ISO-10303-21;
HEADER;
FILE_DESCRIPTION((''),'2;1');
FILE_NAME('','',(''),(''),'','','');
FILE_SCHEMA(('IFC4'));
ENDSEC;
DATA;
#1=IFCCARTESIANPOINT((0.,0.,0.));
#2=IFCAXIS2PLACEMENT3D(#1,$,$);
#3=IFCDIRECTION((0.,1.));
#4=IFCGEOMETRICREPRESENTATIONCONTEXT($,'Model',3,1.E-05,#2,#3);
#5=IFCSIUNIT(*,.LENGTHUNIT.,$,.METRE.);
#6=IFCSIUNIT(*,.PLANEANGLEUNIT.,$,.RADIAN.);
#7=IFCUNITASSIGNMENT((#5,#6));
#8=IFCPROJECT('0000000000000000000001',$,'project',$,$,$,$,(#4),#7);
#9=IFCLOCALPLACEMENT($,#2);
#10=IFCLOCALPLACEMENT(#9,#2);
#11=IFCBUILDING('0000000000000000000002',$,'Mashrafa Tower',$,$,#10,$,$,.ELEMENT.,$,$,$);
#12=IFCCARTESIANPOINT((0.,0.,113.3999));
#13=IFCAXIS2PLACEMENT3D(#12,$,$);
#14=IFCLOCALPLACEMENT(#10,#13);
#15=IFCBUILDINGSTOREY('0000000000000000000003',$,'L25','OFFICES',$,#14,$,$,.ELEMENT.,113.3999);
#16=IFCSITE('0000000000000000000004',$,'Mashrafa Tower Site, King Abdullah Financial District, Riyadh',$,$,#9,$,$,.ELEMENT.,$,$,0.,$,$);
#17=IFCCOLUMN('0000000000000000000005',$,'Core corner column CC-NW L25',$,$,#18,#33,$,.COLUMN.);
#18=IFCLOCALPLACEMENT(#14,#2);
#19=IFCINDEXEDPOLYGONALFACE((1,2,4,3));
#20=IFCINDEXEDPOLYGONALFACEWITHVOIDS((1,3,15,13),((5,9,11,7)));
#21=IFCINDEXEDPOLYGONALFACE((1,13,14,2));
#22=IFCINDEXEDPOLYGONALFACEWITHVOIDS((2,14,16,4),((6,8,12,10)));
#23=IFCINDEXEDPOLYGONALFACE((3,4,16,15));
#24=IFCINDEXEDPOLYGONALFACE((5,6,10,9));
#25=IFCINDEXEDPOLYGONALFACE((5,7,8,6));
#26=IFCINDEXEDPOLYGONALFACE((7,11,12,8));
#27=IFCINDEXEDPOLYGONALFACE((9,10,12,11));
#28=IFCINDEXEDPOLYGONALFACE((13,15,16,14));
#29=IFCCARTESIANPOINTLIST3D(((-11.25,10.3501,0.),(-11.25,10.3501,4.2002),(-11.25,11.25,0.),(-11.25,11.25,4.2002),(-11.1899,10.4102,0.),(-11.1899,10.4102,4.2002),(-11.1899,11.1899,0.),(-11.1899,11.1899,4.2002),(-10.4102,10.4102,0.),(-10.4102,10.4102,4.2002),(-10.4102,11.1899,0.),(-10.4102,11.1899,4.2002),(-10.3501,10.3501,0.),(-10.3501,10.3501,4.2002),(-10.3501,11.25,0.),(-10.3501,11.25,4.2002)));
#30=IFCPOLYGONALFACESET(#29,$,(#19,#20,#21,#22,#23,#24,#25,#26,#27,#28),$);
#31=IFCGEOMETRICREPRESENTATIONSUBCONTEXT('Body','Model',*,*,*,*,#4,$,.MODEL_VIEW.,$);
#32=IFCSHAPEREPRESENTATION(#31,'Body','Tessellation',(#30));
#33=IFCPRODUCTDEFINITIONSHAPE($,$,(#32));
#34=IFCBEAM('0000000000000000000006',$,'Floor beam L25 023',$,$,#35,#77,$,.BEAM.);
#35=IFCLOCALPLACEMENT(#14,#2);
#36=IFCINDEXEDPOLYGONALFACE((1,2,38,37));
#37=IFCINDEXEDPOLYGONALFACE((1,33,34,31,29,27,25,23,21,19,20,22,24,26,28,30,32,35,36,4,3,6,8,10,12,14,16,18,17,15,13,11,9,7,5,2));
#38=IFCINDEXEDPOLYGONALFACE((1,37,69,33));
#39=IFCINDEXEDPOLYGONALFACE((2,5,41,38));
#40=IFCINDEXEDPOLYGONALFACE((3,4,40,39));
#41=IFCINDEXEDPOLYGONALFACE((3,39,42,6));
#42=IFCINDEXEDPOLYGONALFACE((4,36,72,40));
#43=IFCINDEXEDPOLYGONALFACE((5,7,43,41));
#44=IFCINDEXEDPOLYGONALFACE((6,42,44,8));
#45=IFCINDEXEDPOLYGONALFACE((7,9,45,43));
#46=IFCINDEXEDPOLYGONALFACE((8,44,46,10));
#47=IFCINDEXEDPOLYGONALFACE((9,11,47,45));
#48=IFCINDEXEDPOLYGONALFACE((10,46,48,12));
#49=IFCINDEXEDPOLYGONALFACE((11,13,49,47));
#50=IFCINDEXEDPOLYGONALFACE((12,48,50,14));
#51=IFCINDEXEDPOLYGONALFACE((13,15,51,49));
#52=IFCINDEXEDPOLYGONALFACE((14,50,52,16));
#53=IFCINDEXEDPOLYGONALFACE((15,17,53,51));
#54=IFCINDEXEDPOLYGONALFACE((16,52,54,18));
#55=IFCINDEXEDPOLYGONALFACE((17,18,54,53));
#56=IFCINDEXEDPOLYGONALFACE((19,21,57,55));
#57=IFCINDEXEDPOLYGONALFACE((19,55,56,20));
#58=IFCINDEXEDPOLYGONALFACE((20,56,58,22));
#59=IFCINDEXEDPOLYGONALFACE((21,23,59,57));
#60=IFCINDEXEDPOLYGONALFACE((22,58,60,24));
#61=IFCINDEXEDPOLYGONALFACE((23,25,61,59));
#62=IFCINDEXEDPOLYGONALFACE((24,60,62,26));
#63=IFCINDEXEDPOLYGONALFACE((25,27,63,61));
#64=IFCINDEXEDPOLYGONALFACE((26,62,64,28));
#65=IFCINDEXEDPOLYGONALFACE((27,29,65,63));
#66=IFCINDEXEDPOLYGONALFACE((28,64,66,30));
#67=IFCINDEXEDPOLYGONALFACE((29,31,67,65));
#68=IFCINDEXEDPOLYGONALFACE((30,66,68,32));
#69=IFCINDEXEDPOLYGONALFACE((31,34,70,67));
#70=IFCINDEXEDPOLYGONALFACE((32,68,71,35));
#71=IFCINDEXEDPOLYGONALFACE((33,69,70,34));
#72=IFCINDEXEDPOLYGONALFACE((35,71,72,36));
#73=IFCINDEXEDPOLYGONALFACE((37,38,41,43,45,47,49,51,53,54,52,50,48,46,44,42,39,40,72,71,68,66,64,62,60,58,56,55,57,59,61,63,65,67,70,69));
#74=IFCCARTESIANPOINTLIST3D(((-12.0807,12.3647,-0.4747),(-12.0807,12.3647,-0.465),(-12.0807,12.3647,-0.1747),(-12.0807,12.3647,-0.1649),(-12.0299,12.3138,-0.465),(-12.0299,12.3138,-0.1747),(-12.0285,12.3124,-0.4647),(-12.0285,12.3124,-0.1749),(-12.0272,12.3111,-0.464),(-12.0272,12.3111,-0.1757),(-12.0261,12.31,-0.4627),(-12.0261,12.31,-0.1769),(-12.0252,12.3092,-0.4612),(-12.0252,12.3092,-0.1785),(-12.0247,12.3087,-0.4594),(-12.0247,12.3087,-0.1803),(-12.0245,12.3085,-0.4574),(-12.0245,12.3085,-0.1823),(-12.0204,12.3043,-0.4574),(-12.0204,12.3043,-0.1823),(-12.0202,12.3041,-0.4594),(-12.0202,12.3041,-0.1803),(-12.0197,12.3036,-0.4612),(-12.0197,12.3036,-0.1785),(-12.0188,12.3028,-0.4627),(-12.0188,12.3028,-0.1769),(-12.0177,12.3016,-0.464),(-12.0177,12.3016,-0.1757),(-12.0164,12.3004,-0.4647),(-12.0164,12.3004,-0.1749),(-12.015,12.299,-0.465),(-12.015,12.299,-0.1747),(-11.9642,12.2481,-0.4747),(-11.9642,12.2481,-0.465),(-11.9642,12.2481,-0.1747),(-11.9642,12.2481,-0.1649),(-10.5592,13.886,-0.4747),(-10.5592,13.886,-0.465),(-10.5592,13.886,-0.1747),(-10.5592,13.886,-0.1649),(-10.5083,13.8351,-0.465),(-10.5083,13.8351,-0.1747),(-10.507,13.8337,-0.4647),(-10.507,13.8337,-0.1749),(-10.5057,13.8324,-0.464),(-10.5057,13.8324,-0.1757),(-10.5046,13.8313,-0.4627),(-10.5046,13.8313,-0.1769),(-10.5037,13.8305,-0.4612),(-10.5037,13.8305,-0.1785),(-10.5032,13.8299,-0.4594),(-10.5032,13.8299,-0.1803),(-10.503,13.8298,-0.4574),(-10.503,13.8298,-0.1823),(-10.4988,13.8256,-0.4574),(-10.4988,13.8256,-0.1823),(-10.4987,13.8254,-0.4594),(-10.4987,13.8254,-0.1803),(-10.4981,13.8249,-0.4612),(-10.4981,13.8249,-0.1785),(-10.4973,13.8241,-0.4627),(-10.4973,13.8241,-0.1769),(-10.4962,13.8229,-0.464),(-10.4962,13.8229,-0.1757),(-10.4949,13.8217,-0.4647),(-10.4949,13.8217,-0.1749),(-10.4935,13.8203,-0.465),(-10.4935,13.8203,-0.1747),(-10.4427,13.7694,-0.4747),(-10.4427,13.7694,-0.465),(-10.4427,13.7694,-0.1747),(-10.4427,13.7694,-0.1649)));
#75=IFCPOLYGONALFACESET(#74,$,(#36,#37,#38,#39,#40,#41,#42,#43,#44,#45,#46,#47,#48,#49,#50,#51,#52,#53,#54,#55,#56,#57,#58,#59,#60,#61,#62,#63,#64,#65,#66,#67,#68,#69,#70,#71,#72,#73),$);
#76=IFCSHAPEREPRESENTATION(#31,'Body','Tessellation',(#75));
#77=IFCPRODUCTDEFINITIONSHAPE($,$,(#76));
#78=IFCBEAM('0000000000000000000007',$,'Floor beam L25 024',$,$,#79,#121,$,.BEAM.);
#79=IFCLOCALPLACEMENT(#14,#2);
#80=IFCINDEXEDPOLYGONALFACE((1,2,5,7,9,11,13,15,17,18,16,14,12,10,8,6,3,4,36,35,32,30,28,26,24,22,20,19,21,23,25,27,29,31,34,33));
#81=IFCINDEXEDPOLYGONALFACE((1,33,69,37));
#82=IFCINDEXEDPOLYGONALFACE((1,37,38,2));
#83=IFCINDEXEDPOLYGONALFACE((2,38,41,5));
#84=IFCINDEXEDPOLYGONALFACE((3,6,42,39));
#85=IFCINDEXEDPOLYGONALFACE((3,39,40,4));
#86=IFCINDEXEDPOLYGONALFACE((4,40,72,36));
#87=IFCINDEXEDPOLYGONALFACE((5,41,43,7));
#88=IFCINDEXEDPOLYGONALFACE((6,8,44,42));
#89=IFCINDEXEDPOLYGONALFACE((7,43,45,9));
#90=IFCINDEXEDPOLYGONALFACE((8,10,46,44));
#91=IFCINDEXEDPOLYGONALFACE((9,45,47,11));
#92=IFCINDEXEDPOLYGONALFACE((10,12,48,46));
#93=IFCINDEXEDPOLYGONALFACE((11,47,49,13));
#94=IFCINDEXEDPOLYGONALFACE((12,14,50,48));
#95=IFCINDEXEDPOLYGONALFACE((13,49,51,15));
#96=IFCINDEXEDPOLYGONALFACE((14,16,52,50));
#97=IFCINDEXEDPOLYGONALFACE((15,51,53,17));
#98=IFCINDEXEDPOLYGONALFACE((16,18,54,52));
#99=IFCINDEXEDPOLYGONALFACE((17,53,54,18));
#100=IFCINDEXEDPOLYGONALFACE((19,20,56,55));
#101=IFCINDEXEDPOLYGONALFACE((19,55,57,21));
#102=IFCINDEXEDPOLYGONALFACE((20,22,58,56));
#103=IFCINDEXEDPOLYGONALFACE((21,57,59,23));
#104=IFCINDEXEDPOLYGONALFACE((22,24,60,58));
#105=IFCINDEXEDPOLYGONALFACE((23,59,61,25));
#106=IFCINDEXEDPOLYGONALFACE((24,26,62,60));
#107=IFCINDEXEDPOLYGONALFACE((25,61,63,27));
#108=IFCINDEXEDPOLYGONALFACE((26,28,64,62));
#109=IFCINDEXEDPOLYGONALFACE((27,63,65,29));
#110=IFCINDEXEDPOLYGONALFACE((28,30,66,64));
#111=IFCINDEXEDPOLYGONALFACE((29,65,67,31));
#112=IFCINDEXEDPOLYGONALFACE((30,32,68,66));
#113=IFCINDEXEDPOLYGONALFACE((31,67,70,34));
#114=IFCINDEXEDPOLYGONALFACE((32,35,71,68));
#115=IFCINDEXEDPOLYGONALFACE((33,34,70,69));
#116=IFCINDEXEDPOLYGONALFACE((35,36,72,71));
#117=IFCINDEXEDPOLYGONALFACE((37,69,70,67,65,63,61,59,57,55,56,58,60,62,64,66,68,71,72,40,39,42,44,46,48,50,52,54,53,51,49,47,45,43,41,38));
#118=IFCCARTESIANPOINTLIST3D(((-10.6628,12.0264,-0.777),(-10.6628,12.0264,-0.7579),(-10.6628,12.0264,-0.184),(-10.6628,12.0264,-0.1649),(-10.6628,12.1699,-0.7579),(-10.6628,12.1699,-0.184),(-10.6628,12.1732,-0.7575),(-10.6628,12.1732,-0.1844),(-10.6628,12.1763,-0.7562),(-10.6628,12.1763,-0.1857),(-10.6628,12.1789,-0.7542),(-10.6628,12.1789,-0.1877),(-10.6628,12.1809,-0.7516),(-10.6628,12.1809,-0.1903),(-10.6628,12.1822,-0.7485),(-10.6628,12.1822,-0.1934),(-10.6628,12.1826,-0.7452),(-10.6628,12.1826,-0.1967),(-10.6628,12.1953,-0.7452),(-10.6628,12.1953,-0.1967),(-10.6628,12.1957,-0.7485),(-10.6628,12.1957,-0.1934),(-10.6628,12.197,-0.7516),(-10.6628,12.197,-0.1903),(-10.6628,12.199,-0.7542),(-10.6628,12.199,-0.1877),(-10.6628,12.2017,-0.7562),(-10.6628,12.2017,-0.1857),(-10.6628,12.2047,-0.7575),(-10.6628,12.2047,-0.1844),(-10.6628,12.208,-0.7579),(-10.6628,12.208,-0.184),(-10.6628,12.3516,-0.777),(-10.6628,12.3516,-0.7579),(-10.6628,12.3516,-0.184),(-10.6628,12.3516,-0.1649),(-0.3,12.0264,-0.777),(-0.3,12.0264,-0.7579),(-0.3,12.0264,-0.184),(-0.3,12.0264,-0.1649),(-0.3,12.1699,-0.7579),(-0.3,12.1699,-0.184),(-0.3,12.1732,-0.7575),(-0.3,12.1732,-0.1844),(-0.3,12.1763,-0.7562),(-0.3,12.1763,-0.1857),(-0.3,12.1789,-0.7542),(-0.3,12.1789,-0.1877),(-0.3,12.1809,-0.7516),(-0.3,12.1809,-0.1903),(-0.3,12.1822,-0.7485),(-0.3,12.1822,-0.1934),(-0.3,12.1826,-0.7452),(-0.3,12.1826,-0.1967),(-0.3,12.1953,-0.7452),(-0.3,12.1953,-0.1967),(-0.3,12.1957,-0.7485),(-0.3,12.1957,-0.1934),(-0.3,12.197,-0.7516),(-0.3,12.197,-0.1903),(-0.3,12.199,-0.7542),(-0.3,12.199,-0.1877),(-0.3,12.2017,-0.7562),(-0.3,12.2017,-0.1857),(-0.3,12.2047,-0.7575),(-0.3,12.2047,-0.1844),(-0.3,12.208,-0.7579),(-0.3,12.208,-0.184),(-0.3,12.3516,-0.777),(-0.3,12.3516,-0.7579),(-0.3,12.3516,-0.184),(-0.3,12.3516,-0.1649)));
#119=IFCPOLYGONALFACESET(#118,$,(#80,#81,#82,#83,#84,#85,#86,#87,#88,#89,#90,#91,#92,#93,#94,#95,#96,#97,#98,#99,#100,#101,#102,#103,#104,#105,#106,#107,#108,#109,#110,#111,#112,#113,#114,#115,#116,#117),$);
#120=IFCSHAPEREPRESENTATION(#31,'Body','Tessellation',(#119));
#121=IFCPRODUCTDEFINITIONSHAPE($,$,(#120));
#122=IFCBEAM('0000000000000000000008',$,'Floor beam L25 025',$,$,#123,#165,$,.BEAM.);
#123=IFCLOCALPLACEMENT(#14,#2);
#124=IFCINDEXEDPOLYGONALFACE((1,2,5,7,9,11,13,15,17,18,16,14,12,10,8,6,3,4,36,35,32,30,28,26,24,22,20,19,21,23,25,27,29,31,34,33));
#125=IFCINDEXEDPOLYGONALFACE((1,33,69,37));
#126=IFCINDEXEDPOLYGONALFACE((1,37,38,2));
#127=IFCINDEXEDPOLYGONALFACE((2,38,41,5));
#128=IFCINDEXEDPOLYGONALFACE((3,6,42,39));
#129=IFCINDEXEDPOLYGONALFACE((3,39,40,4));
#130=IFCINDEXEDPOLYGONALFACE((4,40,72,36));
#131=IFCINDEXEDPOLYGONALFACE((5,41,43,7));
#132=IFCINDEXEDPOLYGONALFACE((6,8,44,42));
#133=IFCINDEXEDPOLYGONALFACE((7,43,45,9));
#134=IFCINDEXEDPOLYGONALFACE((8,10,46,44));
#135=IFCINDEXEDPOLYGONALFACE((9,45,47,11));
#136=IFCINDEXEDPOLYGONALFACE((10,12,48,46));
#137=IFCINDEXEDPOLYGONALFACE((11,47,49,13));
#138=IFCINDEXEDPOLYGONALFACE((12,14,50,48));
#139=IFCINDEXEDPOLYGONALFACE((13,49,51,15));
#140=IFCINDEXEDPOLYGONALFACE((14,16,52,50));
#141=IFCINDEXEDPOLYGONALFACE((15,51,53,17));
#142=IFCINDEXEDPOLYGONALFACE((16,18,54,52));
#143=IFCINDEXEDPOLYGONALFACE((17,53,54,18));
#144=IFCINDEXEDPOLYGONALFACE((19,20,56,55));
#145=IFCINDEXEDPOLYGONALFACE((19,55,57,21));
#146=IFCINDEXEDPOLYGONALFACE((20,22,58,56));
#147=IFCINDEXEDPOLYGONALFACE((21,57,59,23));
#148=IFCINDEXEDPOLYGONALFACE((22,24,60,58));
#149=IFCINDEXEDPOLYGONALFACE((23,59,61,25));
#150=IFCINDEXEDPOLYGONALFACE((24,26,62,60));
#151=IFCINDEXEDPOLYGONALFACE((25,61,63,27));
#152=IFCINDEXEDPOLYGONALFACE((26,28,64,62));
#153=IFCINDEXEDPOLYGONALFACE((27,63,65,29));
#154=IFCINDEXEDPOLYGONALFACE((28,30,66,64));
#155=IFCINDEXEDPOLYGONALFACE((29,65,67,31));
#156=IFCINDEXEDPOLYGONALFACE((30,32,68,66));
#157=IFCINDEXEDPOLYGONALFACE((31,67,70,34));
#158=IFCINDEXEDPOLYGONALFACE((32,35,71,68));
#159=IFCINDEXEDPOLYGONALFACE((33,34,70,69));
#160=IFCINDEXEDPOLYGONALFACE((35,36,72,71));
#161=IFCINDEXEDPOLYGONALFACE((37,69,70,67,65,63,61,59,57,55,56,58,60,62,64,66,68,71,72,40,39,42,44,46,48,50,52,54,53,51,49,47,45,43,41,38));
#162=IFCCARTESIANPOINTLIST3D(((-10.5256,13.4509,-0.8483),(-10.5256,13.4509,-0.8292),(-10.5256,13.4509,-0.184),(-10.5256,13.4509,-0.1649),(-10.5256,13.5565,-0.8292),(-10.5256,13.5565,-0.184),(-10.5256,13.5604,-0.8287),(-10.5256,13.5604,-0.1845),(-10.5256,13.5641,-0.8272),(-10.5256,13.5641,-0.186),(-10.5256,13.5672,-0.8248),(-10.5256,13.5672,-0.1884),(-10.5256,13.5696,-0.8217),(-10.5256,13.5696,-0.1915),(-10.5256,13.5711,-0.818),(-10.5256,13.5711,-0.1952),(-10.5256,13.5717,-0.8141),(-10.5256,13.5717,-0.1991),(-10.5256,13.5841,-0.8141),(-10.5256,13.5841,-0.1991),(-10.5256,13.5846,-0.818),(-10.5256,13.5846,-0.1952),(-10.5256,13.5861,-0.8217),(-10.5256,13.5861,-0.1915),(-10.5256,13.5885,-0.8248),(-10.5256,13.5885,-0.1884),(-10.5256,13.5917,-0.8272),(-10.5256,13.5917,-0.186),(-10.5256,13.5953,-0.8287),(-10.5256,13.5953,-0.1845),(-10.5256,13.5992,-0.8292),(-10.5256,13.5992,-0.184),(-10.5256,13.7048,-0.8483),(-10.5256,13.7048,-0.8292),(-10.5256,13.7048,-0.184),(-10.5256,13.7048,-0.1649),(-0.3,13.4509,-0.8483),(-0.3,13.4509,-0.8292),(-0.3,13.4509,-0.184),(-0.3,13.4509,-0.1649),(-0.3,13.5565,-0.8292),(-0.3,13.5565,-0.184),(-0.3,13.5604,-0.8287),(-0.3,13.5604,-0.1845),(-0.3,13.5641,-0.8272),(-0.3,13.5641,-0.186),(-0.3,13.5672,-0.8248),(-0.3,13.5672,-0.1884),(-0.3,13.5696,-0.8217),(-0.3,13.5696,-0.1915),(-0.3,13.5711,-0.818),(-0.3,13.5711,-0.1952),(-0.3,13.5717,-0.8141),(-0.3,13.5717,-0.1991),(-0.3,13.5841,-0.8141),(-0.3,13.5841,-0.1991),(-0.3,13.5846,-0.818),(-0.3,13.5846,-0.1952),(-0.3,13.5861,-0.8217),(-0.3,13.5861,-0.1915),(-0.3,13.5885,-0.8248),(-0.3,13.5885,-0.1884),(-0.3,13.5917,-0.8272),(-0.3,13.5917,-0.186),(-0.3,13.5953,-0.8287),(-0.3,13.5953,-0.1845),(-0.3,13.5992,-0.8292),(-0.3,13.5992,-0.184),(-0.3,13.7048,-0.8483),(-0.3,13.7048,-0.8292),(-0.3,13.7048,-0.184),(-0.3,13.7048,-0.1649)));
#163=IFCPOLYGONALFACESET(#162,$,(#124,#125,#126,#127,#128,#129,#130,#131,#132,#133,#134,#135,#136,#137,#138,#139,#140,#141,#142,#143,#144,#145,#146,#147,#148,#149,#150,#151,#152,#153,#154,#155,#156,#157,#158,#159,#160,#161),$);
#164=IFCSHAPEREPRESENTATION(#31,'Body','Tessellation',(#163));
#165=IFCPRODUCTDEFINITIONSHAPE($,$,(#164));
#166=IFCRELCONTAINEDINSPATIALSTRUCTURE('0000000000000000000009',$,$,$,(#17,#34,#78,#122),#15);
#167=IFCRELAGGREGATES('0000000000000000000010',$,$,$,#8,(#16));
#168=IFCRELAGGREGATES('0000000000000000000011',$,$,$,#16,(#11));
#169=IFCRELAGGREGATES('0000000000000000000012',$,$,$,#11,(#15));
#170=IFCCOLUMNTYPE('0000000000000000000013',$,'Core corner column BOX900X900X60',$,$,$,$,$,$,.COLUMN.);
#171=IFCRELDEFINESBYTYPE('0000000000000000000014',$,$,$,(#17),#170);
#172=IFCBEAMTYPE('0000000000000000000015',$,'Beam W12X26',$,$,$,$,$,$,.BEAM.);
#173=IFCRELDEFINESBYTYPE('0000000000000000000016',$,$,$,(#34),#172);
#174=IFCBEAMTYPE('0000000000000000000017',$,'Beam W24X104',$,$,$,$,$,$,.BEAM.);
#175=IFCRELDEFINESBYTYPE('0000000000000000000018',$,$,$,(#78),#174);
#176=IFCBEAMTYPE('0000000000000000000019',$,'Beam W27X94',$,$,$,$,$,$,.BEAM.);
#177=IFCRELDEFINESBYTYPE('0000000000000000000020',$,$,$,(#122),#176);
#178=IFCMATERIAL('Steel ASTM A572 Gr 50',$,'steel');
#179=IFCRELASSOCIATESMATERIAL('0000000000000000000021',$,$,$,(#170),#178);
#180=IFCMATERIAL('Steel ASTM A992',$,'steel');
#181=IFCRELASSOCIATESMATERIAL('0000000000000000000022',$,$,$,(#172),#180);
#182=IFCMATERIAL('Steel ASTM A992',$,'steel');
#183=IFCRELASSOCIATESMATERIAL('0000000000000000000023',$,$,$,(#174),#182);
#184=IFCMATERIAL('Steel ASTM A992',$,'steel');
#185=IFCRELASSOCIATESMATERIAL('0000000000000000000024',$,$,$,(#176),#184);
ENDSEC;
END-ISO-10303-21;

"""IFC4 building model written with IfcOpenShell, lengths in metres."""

from ifc_helpers import new_model, si_unit, direction, frame, origin, origin_2d, place, context, subcontext, project, spatial, hollow_rectangle, i_section, extrude, material, material_profile, profile_set, type_object, element, save


model = new_model("IFC4")

# Units and contexts
model_context = context("Model", 3, precision=1e-05, world=origin(), true_north=direction((0.0, 1.0)))
body_context = subcontext(model_context, "Body", "Model", "MODEL_VIEW")
ifc_project = project(units=[si_unit("LENGTHUNIT", "METRE"), si_unit("PLANEANGLEUNIT", "RADIAN")], contexts=[model_context])

# Site, building, storey
site_placement = place(None, origin())
site = spatial("IfcSite", under=ifc_project, at=site_placement, Name="Mashrafa Tower Site, King Abdullah Financial District, Riyadh", CompositionType="ELEMENT", RefElevation=0.0)
building_placement = place(site_placement, origin())
building = spatial("IfcBuilding", under=site, at=building_placement, Name="Mashrafa Tower", CompositionType="ELEMENT")
storey_placement = place(building_placement, frame((0.0, 0.0, 113.3999)))
storey = spatial("IfcBuildingStorey", under=building, at=storey_placement, Name="L25", Description="OFFICES", CompositionType="ELEMENT", Elevation=113.3999)

# Column
ifc_material_1 = material(Name="Steel ASTM A572 Gr 50", Category="steel")
ifc_material_profile_1 = material_profile(ifc_material_1, hollow_rectangle(XDim=0.8999, YDim=0.8999, WallThickness=0.0601, at=origin_2d()), Name="BOX900X900X60")
ifc_profile_set_1 = profile_set([ifc_material_profile_1], Name="Steel ASTM A572 Gr 50")
column_type = type_object("IfcColumnType", Name="Core corner column BOX900X900X60", PredefinedType="COLUMN", material=ifc_profile_set_1)
column_placement = place(storey_placement, frame((-10.8, 10.8, 0.0), z_axis=(0.0, 0.0, 1.0), x_axis=(1.0, 0.0, 0.0)))
element("IfcColumn", 1, at=column_placement, inside=storey, type_object=column_type, Name="Core corner column CC-NW L25", PredefinedType="COLUMN", context=body_context, shape_type="SweptSolid", body=[
    extrude(hollow_rectangle(XDim=0.8999, YDim=0.8999, WallThickness=0.0601, at=origin_2d()), origin(), (0.0, 0.0, 1.0), 4.2002),
])

# Beams
ifc_material_2 = material(Name="Steel ASTM A992", Category="steel")
ifc_material_profile_2 = material_profile(ifc_material_2, i_section(OverallWidth=0.1648, OverallDepth=0.3098, WebThickness=0.0059, FlangeThickness=0.0098, FilletRadius=0.0076, at=origin_2d()), Name="W12X26")
ifc_profile_set_2 = profile_set([ifc_material_profile_2], Name="Steel ASTM A992")
beam_type_1 = type_object("IfcBeamType", Name="Beam W12X26", PredefinedType="BEAM", material=ifc_profile_set_2)
beam_1_placement = place(storey_placement, frame((-12.0225, 12.3064, -0.3198), z_axis=(0.707164, 0.70705, 0.0), x_axis=(-0.70705, 0.707164, 0.0)))
element("IfcBeam", 2, at=beam_1_placement, inside=storey, type_object=beam_type_1, Name="Floor beam L25 023", PredefinedType="BEAM", context=body_context, shape_type="SweptSolid", body=[
    extrude(i_section(OverallWidth=0.1648, OverallDepth=0.3098, WebThickness=0.0059, FlangeThickness=0.0098, FilletRadius=0.0076, at=origin_2d()), origin(), (0.0, 0.0, 1.0), 2.1516),
])
ifc_material_3 = material(Name="Steel ASTM A992", Category="steel")
ifc_material_profile_3 = material_profile(ifc_material_3, i_section(OverallWidth=0.3252, OverallDepth=0.6121, WebThickness=0.0127, FlangeThickness=0.019, FilletRadius=0.0127, at=origin_2d()), Name="W24X104")
ifc_profile_set_3 = profile_set([ifc_material_profile_3], Name="Steel ASTM A992")
beam_type_2 = type_object("IfcBeamType", Name="Beam W24X104", PredefinedType="BEAM", material=ifc_profile_set_3)
beam_2_placement = place(storey_placement, frame((-10.6628, 12.189, -0.4709), z_axis=(1.0, 0.0, 0.0), x_axis=(0.0, 1.0, 0.0)))
element("IfcBeam", 3, at=beam_2_placement, inside=storey, type_object=beam_type_2, Name="Floor beam L25 024", PredefinedType="BEAM", context=body_context, shape_type="SweptSolid", body=[
    extrude(i_section(OverallWidth=0.3252, OverallDepth=0.6121, WebThickness=0.0127, FlangeThickness=0.019, FilletRadius=0.0127, at=origin_2d()), origin(), (0.0, 0.0, 1.0), 10.3628),
])
ifc_material_4 = material(Name="Steel ASTM A992", Category="steel")
ifc_material_profile_4 = material_profile(ifc_material_4, i_section(OverallWidth=0.2539, OverallDepth=0.6833, WebThickness=0.0125, FlangeThickness=0.019, FilletRadius=0.0151, at=origin_2d()), Name="W27X94")
ifc_profile_set_4 = profile_set([ifc_material_profile_4], Name="Steel ASTM A992")
beam_type_3 = type_object("IfcBeamType", Name="Beam W27X94", PredefinedType="BEAM", material=ifc_profile_set_4)
beam_3_placement = place(storey_placement, frame((-10.5256, 13.5779, -0.5066), z_axis=(1.0, 0.0, 0.0), x_axis=(0.0, 1.0, 0.0)))
element("IfcBeam", 4, at=beam_3_placement, inside=storey, type_object=beam_type_3, Name="Floor beam L25 025", PredefinedType="BEAM", context=body_context, shape_type="SweptSolid", body=[
    extrude(i_section(OverallWidth=0.2539, OverallDepth=0.6833, WebThickness=0.0125, FlangeThickness=0.019, FilletRadius=0.0151, at=origin_2d()), origin(), (0.0, 0.0, 1.0), 10.2256),
])

save(model, "model.ifc")
